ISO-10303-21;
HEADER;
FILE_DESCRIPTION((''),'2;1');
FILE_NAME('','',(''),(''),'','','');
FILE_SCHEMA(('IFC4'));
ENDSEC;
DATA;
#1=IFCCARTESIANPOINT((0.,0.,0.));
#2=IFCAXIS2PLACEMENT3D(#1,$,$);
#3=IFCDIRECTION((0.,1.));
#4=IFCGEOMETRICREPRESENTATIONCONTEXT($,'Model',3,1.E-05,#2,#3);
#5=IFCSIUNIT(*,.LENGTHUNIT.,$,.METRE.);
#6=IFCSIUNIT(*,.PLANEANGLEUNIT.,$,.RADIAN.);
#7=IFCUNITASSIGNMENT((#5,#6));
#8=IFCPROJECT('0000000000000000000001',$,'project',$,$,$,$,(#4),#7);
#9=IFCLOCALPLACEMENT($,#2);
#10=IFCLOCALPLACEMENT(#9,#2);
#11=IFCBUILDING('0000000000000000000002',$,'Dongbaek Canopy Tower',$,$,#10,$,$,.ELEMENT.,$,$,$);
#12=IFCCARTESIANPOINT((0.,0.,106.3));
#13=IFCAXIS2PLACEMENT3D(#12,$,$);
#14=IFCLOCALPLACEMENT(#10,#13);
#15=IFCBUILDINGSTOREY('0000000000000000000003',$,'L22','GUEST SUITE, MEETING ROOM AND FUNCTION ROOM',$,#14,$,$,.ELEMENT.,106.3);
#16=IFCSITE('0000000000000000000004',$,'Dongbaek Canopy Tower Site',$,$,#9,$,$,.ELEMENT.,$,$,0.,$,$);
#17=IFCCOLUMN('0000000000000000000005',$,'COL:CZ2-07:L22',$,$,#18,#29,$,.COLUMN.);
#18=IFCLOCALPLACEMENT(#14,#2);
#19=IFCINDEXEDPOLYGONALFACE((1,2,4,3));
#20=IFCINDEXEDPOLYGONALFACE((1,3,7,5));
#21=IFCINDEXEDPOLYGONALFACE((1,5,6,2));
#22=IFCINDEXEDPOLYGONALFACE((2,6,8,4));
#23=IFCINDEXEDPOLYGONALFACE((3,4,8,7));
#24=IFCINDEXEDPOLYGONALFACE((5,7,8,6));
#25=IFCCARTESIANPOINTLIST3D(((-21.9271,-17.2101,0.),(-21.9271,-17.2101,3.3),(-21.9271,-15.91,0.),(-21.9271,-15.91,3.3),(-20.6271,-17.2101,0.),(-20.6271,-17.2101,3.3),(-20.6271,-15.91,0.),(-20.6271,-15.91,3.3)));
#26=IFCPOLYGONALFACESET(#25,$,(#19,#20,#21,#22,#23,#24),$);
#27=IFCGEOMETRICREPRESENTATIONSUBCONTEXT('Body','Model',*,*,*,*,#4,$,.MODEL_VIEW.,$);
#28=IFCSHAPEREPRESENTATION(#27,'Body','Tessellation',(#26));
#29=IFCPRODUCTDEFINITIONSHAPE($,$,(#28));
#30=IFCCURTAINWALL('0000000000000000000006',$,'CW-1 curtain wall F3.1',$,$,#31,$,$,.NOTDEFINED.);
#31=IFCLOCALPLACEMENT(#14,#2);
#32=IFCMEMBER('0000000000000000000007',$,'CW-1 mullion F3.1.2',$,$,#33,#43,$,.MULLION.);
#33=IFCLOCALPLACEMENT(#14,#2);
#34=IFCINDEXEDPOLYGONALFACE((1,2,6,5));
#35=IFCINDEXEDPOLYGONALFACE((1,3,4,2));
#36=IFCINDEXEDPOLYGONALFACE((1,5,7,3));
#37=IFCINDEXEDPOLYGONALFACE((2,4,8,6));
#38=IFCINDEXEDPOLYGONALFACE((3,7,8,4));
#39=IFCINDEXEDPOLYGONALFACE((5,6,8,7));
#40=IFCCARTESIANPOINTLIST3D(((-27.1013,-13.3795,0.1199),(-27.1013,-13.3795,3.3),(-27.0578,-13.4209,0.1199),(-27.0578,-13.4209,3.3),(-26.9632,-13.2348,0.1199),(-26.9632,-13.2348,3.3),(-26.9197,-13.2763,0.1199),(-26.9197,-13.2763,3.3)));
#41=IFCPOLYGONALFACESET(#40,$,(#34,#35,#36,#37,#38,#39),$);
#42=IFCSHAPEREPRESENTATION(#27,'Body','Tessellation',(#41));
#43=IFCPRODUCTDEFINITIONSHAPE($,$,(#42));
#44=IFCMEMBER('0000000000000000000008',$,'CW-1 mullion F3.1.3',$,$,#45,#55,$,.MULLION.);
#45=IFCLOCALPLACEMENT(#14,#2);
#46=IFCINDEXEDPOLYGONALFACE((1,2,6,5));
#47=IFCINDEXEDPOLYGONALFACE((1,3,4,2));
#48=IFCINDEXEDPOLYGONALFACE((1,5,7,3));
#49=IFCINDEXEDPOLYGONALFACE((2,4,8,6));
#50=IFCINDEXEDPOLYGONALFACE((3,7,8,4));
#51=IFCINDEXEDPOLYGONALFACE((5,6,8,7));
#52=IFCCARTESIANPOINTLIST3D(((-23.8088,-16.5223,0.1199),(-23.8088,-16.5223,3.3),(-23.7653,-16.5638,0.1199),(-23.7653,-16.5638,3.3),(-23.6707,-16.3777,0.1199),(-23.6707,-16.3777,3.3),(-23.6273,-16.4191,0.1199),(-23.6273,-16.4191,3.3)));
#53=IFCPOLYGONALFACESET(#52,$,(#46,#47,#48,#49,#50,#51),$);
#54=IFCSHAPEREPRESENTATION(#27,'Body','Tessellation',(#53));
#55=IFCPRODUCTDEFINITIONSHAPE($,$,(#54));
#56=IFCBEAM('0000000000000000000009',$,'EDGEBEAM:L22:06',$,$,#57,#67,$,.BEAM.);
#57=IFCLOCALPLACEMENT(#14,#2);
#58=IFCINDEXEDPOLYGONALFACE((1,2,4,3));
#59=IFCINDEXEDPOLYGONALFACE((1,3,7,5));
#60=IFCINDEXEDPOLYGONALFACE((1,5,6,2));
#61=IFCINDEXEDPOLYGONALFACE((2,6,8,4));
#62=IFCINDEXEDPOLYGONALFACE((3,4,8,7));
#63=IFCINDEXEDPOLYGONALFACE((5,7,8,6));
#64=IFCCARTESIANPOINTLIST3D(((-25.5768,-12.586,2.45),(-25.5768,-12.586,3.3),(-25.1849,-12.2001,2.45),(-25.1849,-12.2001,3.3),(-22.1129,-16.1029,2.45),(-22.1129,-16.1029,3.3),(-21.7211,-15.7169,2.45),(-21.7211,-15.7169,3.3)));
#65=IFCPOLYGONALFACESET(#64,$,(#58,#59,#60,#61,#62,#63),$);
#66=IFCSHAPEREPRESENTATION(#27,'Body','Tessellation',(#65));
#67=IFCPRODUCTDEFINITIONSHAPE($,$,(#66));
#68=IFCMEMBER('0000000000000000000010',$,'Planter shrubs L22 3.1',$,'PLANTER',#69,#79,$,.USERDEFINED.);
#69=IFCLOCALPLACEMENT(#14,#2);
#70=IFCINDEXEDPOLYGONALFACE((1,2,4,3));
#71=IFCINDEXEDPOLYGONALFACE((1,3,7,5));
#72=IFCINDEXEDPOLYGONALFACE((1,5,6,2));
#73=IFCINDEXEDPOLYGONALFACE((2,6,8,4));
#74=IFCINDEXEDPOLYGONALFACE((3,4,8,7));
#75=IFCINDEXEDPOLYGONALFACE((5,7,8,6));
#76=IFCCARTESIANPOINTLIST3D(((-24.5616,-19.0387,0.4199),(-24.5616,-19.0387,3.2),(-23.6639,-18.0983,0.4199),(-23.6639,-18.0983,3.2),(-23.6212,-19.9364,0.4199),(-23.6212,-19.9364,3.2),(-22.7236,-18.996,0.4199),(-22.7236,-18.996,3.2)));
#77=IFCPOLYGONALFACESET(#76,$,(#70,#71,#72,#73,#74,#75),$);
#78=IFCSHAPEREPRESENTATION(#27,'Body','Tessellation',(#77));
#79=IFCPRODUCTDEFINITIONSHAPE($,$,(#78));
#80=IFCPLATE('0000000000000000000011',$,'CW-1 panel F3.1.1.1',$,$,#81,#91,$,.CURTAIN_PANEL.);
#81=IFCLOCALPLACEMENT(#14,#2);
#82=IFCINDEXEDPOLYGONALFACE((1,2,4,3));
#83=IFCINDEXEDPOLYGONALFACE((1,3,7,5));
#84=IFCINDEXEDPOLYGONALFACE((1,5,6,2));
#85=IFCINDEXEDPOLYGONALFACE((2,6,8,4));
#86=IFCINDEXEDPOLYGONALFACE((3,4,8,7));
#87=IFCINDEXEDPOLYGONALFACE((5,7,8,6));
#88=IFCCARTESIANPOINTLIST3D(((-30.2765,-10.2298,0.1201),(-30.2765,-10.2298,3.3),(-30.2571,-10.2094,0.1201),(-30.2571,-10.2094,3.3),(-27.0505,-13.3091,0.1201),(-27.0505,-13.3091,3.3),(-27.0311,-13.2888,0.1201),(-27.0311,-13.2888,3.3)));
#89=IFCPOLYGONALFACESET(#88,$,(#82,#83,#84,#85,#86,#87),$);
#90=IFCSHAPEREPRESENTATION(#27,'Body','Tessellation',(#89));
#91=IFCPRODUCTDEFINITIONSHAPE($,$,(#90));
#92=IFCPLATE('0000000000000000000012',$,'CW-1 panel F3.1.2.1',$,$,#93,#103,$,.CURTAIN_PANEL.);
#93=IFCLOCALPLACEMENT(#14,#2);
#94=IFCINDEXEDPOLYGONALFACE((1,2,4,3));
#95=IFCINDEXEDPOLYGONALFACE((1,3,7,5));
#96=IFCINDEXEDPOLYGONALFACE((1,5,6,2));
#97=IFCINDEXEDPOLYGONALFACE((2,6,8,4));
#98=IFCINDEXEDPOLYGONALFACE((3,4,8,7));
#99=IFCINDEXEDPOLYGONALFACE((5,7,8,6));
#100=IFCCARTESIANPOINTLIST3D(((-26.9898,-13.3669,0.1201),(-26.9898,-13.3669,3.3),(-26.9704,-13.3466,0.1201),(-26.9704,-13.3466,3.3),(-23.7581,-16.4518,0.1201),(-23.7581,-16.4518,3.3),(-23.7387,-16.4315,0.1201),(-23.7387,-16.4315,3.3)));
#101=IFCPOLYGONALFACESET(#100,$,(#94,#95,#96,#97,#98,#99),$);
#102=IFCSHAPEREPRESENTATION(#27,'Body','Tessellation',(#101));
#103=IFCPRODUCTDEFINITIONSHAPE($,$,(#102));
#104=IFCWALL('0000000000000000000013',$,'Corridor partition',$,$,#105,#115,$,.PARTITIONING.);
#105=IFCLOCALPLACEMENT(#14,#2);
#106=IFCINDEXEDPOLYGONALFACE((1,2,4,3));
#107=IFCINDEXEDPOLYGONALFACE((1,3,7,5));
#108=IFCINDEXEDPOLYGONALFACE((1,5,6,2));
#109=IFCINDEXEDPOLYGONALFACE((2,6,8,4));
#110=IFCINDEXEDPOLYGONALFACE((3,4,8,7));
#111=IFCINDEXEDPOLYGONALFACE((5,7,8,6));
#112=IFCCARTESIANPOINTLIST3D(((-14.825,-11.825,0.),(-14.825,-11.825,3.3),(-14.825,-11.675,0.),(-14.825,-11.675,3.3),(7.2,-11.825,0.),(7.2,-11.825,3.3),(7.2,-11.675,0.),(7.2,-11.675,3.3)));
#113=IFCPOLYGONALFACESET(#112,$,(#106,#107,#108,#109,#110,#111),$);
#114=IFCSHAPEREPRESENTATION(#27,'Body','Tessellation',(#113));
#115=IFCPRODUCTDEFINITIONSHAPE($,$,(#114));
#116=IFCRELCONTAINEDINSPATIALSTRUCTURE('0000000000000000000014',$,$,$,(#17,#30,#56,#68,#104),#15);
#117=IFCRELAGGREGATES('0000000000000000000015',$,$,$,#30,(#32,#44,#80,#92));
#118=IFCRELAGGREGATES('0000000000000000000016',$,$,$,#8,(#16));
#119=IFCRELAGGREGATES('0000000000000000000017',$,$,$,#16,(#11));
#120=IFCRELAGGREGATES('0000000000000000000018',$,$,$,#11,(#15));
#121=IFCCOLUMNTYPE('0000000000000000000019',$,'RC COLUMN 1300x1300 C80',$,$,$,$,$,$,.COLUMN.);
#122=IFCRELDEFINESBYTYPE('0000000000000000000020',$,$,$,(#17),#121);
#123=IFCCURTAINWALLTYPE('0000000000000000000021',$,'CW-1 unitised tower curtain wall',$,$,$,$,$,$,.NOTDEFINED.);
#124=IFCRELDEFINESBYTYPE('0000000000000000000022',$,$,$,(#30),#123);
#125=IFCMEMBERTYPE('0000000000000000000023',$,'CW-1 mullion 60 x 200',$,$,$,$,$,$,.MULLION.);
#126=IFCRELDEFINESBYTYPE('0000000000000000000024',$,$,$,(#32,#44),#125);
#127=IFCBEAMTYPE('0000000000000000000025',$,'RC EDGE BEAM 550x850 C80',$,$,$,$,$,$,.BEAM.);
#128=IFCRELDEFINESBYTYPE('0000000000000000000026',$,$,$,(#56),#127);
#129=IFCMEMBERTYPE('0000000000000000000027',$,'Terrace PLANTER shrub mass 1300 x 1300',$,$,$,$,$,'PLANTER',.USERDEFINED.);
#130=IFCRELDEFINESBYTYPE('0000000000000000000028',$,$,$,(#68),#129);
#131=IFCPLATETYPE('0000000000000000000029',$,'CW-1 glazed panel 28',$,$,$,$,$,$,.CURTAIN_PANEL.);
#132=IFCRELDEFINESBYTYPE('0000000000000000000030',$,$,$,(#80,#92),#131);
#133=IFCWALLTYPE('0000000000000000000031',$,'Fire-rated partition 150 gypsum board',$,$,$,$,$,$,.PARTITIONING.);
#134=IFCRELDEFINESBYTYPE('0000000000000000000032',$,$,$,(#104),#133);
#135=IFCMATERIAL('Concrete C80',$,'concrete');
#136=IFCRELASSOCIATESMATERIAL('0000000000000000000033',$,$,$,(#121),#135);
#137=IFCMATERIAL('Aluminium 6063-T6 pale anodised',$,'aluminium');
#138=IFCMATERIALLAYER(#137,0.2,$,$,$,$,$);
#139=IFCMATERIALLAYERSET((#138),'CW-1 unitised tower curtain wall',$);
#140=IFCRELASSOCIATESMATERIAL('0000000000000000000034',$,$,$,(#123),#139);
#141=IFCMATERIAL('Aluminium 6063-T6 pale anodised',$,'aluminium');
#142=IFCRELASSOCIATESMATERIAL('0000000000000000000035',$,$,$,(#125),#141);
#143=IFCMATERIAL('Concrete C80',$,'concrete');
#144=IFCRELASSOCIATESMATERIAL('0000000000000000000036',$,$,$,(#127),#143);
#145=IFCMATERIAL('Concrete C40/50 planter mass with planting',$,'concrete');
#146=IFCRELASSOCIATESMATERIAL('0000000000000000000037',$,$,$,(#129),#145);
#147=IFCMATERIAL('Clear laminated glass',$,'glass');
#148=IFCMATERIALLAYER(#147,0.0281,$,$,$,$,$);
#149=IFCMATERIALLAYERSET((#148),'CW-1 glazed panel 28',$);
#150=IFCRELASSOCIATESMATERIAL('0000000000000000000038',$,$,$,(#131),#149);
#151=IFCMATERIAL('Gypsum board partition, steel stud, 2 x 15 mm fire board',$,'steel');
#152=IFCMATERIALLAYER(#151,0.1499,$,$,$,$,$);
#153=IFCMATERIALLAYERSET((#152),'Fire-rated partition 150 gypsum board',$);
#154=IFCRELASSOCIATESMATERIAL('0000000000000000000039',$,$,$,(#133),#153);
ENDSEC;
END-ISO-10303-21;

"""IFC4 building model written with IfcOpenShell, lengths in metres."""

from ifc_helpers import new_model, si_unit, direction, frame, frame_2d, origin, origin_2d, place, context, subcontext, project, spatial, rectangle, extrude, material, layer, layer_set, material_profile, profile_set, type_object, element, aggregate, save


model = new_model("IFC4")

# Units and contexts
model_context = context("Model", 3, precision=1e-05, world=origin(), true_north=direction((0.0, 1.0)))
body_context = subcontext(model_context, "Body", "Model", "MODEL_VIEW")
ifc_project = project(units=[si_unit("LENGTHUNIT", "METRE"), si_unit("PLANEANGLEUNIT", "RADIAN")], contexts=[model_context])

# Site, building, storey
site_placement = place(None, origin())
site = spatial("IfcSite", under=ifc_project, at=site_placement, Name="Dongbaek Canopy Tower Site", CompositionType="ELEMENT", RefElevation=0.0)
building_placement = place(site_placement, origin())
building = spatial("IfcBuilding", under=site, at=building_placement, Name="Dongbaek Canopy Tower", CompositionType="ELEMENT")
storey_placement = place(building_placement, frame((0.0, 0.0, 106.3)))
storey = spatial("IfcBuildingStorey", under=building, at=storey_placement, Name="L22", Description="GUEST SUITE, MEETING ROOM AND FUNCTION ROOM", CompositionType="ELEMENT", Elevation=106.3)

# Column
ifc_material_1 = material(Name="Concrete C80", Category="concrete")
ifc_material_profile_1 = material_profile(ifc_material_1, rectangle(XDim=1.3, YDim=1.3, at=origin_2d()), Name="RC COLUMN 1300x1300 C80")
ifc_profile_set_1 = profile_set([ifc_material_profile_1], Name="Concrete C80")
column_type = type_object("IfcColumnType", Name="RC COLUMN 1300x1300 C80", PredefinedType="COLUMN", material=ifc_profile_set_1)
column_placement = place(storey_placement, frame((-21.2771, -16.5601, 0.0), z_axis=(0.0, 0.0, 1.0), x_axis=(1.0, 0.0, 0.0)))
element("IfcColumn", 1, at=column_placement, inside=storey, type_object=column_type, Name="COL:CZ2-07:L22", PredefinedType="COLUMN", context=body_context, shape_type="SweptSolid", body=[
    extrude(rectangle(XDim=1.3, YDim=1.3, at=origin_2d()), origin(), (0.0, 0.0, 1.0), 3.3),
])

# Curtain wall, members
ifc_material_2 = material(Name="Aluminium 6063-T6 pale anodised", Category="aluminium")
ifc_layer_1 = layer(ifc_material_2, 0.2)
ifc_layer_set_1 = layer_set([ifc_layer_1], Name="CW-1 unitised tower curtain wall")
curtain_wall_type = type_object("IfcCurtainWallType", Name="CW-1 unitised tower curtain wall", PredefinedType="NOTDEFINED", material=ifc_layer_set_1)
curtain_wall_placement = place(storey_placement, origin())
curtain_wall = element("IfcCurtainWall", 2, at=curtain_wall_placement, inside=storey, type_object=curtain_wall_type, Name="CW-1 curtain wall F3.1", PredefinedType="NOTDEFINED")
ifc_material_3 = material(Name="Aluminium 6063-T6 pale anodised", Category="aluminium")
ifc_material_profile_2 = material_profile(ifc_material_3, rectangle(XDim=0.2, YDim=0.0601, at=origin_2d()), Name="CW-1 mullion 60 x 200")
ifc_profile_set_2 = profile_set([ifc_material_profile_2], Name="Aluminium 6063-T6 pale anodised")
member_type_1 = type_object("IfcMemberType", Name="CW-1 mullion 60 x 200", PredefinedType="MULLION", material=ifc_profile_set_2)
member_1_placement = place(storey_placement, frame((-27.0105, -13.3279, 0.1199), z_axis=(0.0, 0.0, 1.0), x_axis=(-0.690482, -0.723349, 0.0)))
member_1 = element("IfcMember", 3, at=member_1_placement, type_object=member_type_1, Name="CW-1 mullion F3.1.2", PredefinedType="MULLION", context=body_context, shape_type="SweptSolid", body=[
    extrude(rectangle(XDim=0.2, YDim=0.0601, at=origin_2d()), origin(), (0.0, 0.0, 1.0), 3.1802),
])
member_2_placement = place(storey_placement, frame((-23.718, -16.4707, 0.1199), z_axis=(0.0, 0.0, 1.0), x_axis=(-0.690482, -0.723349, 0.0)))
member_2 = element("IfcMember", 4, at=member_2_placement, type_object=member_type_1, Name="CW-1 mullion F3.1.3", PredefinedType="MULLION", context=body_context, shape_type="SweptSolid", body=[
    extrude(rectangle(XDim=0.2, YDim=0.0601, at=origin_2d()), origin(), (0.0, 0.0, 1.0), 3.1802),
])

# Beam
ifc_material_4 = material(Name="Concrete C80", Category="concrete")
ifc_material_profile_3 = material_profile(ifc_material_4, rectangle(XDim=0.55, YDim=0.8501, at=origin_2d()), Name="RC EDGE BEAM 550x850 C80")
ifc_profile_set_3 = profile_set([ifc_material_profile_3], Name="Concrete C80")
beam_type = type_object("IfcBeamType", Name="RC EDGE BEAM 550x850 C80", PredefinedType="BEAM", material=ifc_profile_set_3)
beam_placement = place(storey_placement, frame((-21.917, -15.9099, 2.875), z_axis=(-0.70172, 0.712453, 0.0), x_axis=(-0.712453, -0.70172, 0.0)))
element("IfcBeam", 5, at=beam_placement, inside=storey, type_object=beam_type, Name="EDGEBEAM:L22:06", PredefinedType="BEAM", context=body_context, shape_type="SweptSolid", body=[
    extrude(rectangle(XDim=0.55, YDim=0.8501, at=origin_2d()), origin(), (0.0, 0.0, 1.0), 4.9363),
])

# Member
ifc_material_5 = material(Name="Concrete C40/50 planter mass with planting", Category="concrete")
ifc_material_profile_4 = material_profile(ifc_material_5, rectangle(XDim=1.3, YDim=1.3, at=origin_2d()), Name="Terrace PLANTER shrub mass 1300 x 1300")
ifc_profile_set_4 = profile_set([ifc_material_profile_4], Name="Concrete C40/50 planter mass with planting")
member_type_2 = type_object("IfcMemberType", Name="Terrace PLANTER shrub mass 1300 x 1300", ElementType="PLANTER", PredefinedType="USERDEFINED", material=ifc_profile_set_4)
member_3_placement = place(storey_placement, frame((-23.6426, -19.0173, 0.4199), z_axis=(0.0, 0.0, 1.0), x_axis=(-0.690482, -0.723349, 0.0)))
element("IfcMember", 6, at=member_3_placement, inside=storey, type_object=member_type_2, Name="Planter shrubs L22 3.1", ObjectType="PLANTER", PredefinedType="USERDEFINED", context=body_context, shape_type="SweptSolid", body=[
    extrude(rectangle(XDim=1.3, YDim=1.3, at=origin_2d()), origin(), (0.0, 0.0, 1.0), 2.78),
])

# Plates
ifc_material_6 = material(Name="Clear laminated glass", Category="glass")
ifc_layer_2 = layer(ifc_material_6, 0.0281)
ifc_layer_set_2 = layer_set([ifc_layer_2], Name="CW-1 glazed panel 28")
plate_type = type_object("IfcPlateType", Name="CW-1 glazed panel 28", PredefinedType="CURTAIN_PANEL", material=ifc_layer_set_2)
plate_1_placement = place(storey_placement, frame((-28.6538, -11.7593, 0.1201), z_axis=(0.0, 0.0, 1.0), x_axis=(0.723349, -0.690482, 0.0)))
plate_1 = element("IfcPlate", 7, at=plate_1_placement, type_object=plate_type, Name="CW-1 panel F3.1.1.1", PredefinedType="CURTAIN_PANEL", context=body_context, shape_type="SweptSolid", body=[
    extrude(rectangle(XDim=4.4597, YDim=0.0281, at=origin_2d()), origin(), (0.0, 0.0, 1.0), 3.1799),
])
plate_2_placement = place(storey_placement, frame((-25.3643, -14.8992, 0.1201), z_axis=(0.0, 0.0, 1.0), x_axis=(0.723349, -0.690482, 0.0)))
plate_2 = element("IfcPlate", 8, at=plate_2_placement, type_object=plate_type, Name="CW-1 panel F3.1.2.1", PredefinedType="CURTAIN_PANEL", context=body_context, shape_type="SweptSolid", body=[
    extrude(rectangle(XDim=4.4678, YDim=0.0281, at=origin_2d()), origin(), (0.0, 0.0, 1.0), 3.1799),
])

# Wall
ifc_material_7 = material(Name="Gypsum board partition, steel stud, 2 x 15 mm fire board", Category="steel")
ifc_layer_3 = layer(ifc_material_7, 0.1499)
ifc_layer_set_3 = layer_set([ifc_layer_3], Name="Fire-rated partition 150 gypsum board")
wall_type_1 = type_object("IfcWallType", Name="Fire-rated partition 150 gypsum board", PredefinedType="PARTITIONING", material=ifc_layer_set_3)
wall_1_placement = place(storey_placement, frame((-14.825, -11.75, 0.0), z_axis=(0.0, 0.0, 1.0), x_axis=(1.0, 0.0, 0.0)))
element("IfcWall", 9, at=wall_1_placement, inside=storey, type_object=wall_type_1, Name="Corridor partition", PredefinedType="PARTITIONING", context=body_context, shape_type="SweptSolid", body=[
    extrude(rectangle(XDim=22.0249, YDim=0.1499, at=frame_2d((11.0125, 0.0))), origin(), (0.0, 0.0, 1.0), 3.3),
])

aggregate(curtain_wall, [member_1, member_2, plate_1, plate_2])

save(model, "model.ifc")
